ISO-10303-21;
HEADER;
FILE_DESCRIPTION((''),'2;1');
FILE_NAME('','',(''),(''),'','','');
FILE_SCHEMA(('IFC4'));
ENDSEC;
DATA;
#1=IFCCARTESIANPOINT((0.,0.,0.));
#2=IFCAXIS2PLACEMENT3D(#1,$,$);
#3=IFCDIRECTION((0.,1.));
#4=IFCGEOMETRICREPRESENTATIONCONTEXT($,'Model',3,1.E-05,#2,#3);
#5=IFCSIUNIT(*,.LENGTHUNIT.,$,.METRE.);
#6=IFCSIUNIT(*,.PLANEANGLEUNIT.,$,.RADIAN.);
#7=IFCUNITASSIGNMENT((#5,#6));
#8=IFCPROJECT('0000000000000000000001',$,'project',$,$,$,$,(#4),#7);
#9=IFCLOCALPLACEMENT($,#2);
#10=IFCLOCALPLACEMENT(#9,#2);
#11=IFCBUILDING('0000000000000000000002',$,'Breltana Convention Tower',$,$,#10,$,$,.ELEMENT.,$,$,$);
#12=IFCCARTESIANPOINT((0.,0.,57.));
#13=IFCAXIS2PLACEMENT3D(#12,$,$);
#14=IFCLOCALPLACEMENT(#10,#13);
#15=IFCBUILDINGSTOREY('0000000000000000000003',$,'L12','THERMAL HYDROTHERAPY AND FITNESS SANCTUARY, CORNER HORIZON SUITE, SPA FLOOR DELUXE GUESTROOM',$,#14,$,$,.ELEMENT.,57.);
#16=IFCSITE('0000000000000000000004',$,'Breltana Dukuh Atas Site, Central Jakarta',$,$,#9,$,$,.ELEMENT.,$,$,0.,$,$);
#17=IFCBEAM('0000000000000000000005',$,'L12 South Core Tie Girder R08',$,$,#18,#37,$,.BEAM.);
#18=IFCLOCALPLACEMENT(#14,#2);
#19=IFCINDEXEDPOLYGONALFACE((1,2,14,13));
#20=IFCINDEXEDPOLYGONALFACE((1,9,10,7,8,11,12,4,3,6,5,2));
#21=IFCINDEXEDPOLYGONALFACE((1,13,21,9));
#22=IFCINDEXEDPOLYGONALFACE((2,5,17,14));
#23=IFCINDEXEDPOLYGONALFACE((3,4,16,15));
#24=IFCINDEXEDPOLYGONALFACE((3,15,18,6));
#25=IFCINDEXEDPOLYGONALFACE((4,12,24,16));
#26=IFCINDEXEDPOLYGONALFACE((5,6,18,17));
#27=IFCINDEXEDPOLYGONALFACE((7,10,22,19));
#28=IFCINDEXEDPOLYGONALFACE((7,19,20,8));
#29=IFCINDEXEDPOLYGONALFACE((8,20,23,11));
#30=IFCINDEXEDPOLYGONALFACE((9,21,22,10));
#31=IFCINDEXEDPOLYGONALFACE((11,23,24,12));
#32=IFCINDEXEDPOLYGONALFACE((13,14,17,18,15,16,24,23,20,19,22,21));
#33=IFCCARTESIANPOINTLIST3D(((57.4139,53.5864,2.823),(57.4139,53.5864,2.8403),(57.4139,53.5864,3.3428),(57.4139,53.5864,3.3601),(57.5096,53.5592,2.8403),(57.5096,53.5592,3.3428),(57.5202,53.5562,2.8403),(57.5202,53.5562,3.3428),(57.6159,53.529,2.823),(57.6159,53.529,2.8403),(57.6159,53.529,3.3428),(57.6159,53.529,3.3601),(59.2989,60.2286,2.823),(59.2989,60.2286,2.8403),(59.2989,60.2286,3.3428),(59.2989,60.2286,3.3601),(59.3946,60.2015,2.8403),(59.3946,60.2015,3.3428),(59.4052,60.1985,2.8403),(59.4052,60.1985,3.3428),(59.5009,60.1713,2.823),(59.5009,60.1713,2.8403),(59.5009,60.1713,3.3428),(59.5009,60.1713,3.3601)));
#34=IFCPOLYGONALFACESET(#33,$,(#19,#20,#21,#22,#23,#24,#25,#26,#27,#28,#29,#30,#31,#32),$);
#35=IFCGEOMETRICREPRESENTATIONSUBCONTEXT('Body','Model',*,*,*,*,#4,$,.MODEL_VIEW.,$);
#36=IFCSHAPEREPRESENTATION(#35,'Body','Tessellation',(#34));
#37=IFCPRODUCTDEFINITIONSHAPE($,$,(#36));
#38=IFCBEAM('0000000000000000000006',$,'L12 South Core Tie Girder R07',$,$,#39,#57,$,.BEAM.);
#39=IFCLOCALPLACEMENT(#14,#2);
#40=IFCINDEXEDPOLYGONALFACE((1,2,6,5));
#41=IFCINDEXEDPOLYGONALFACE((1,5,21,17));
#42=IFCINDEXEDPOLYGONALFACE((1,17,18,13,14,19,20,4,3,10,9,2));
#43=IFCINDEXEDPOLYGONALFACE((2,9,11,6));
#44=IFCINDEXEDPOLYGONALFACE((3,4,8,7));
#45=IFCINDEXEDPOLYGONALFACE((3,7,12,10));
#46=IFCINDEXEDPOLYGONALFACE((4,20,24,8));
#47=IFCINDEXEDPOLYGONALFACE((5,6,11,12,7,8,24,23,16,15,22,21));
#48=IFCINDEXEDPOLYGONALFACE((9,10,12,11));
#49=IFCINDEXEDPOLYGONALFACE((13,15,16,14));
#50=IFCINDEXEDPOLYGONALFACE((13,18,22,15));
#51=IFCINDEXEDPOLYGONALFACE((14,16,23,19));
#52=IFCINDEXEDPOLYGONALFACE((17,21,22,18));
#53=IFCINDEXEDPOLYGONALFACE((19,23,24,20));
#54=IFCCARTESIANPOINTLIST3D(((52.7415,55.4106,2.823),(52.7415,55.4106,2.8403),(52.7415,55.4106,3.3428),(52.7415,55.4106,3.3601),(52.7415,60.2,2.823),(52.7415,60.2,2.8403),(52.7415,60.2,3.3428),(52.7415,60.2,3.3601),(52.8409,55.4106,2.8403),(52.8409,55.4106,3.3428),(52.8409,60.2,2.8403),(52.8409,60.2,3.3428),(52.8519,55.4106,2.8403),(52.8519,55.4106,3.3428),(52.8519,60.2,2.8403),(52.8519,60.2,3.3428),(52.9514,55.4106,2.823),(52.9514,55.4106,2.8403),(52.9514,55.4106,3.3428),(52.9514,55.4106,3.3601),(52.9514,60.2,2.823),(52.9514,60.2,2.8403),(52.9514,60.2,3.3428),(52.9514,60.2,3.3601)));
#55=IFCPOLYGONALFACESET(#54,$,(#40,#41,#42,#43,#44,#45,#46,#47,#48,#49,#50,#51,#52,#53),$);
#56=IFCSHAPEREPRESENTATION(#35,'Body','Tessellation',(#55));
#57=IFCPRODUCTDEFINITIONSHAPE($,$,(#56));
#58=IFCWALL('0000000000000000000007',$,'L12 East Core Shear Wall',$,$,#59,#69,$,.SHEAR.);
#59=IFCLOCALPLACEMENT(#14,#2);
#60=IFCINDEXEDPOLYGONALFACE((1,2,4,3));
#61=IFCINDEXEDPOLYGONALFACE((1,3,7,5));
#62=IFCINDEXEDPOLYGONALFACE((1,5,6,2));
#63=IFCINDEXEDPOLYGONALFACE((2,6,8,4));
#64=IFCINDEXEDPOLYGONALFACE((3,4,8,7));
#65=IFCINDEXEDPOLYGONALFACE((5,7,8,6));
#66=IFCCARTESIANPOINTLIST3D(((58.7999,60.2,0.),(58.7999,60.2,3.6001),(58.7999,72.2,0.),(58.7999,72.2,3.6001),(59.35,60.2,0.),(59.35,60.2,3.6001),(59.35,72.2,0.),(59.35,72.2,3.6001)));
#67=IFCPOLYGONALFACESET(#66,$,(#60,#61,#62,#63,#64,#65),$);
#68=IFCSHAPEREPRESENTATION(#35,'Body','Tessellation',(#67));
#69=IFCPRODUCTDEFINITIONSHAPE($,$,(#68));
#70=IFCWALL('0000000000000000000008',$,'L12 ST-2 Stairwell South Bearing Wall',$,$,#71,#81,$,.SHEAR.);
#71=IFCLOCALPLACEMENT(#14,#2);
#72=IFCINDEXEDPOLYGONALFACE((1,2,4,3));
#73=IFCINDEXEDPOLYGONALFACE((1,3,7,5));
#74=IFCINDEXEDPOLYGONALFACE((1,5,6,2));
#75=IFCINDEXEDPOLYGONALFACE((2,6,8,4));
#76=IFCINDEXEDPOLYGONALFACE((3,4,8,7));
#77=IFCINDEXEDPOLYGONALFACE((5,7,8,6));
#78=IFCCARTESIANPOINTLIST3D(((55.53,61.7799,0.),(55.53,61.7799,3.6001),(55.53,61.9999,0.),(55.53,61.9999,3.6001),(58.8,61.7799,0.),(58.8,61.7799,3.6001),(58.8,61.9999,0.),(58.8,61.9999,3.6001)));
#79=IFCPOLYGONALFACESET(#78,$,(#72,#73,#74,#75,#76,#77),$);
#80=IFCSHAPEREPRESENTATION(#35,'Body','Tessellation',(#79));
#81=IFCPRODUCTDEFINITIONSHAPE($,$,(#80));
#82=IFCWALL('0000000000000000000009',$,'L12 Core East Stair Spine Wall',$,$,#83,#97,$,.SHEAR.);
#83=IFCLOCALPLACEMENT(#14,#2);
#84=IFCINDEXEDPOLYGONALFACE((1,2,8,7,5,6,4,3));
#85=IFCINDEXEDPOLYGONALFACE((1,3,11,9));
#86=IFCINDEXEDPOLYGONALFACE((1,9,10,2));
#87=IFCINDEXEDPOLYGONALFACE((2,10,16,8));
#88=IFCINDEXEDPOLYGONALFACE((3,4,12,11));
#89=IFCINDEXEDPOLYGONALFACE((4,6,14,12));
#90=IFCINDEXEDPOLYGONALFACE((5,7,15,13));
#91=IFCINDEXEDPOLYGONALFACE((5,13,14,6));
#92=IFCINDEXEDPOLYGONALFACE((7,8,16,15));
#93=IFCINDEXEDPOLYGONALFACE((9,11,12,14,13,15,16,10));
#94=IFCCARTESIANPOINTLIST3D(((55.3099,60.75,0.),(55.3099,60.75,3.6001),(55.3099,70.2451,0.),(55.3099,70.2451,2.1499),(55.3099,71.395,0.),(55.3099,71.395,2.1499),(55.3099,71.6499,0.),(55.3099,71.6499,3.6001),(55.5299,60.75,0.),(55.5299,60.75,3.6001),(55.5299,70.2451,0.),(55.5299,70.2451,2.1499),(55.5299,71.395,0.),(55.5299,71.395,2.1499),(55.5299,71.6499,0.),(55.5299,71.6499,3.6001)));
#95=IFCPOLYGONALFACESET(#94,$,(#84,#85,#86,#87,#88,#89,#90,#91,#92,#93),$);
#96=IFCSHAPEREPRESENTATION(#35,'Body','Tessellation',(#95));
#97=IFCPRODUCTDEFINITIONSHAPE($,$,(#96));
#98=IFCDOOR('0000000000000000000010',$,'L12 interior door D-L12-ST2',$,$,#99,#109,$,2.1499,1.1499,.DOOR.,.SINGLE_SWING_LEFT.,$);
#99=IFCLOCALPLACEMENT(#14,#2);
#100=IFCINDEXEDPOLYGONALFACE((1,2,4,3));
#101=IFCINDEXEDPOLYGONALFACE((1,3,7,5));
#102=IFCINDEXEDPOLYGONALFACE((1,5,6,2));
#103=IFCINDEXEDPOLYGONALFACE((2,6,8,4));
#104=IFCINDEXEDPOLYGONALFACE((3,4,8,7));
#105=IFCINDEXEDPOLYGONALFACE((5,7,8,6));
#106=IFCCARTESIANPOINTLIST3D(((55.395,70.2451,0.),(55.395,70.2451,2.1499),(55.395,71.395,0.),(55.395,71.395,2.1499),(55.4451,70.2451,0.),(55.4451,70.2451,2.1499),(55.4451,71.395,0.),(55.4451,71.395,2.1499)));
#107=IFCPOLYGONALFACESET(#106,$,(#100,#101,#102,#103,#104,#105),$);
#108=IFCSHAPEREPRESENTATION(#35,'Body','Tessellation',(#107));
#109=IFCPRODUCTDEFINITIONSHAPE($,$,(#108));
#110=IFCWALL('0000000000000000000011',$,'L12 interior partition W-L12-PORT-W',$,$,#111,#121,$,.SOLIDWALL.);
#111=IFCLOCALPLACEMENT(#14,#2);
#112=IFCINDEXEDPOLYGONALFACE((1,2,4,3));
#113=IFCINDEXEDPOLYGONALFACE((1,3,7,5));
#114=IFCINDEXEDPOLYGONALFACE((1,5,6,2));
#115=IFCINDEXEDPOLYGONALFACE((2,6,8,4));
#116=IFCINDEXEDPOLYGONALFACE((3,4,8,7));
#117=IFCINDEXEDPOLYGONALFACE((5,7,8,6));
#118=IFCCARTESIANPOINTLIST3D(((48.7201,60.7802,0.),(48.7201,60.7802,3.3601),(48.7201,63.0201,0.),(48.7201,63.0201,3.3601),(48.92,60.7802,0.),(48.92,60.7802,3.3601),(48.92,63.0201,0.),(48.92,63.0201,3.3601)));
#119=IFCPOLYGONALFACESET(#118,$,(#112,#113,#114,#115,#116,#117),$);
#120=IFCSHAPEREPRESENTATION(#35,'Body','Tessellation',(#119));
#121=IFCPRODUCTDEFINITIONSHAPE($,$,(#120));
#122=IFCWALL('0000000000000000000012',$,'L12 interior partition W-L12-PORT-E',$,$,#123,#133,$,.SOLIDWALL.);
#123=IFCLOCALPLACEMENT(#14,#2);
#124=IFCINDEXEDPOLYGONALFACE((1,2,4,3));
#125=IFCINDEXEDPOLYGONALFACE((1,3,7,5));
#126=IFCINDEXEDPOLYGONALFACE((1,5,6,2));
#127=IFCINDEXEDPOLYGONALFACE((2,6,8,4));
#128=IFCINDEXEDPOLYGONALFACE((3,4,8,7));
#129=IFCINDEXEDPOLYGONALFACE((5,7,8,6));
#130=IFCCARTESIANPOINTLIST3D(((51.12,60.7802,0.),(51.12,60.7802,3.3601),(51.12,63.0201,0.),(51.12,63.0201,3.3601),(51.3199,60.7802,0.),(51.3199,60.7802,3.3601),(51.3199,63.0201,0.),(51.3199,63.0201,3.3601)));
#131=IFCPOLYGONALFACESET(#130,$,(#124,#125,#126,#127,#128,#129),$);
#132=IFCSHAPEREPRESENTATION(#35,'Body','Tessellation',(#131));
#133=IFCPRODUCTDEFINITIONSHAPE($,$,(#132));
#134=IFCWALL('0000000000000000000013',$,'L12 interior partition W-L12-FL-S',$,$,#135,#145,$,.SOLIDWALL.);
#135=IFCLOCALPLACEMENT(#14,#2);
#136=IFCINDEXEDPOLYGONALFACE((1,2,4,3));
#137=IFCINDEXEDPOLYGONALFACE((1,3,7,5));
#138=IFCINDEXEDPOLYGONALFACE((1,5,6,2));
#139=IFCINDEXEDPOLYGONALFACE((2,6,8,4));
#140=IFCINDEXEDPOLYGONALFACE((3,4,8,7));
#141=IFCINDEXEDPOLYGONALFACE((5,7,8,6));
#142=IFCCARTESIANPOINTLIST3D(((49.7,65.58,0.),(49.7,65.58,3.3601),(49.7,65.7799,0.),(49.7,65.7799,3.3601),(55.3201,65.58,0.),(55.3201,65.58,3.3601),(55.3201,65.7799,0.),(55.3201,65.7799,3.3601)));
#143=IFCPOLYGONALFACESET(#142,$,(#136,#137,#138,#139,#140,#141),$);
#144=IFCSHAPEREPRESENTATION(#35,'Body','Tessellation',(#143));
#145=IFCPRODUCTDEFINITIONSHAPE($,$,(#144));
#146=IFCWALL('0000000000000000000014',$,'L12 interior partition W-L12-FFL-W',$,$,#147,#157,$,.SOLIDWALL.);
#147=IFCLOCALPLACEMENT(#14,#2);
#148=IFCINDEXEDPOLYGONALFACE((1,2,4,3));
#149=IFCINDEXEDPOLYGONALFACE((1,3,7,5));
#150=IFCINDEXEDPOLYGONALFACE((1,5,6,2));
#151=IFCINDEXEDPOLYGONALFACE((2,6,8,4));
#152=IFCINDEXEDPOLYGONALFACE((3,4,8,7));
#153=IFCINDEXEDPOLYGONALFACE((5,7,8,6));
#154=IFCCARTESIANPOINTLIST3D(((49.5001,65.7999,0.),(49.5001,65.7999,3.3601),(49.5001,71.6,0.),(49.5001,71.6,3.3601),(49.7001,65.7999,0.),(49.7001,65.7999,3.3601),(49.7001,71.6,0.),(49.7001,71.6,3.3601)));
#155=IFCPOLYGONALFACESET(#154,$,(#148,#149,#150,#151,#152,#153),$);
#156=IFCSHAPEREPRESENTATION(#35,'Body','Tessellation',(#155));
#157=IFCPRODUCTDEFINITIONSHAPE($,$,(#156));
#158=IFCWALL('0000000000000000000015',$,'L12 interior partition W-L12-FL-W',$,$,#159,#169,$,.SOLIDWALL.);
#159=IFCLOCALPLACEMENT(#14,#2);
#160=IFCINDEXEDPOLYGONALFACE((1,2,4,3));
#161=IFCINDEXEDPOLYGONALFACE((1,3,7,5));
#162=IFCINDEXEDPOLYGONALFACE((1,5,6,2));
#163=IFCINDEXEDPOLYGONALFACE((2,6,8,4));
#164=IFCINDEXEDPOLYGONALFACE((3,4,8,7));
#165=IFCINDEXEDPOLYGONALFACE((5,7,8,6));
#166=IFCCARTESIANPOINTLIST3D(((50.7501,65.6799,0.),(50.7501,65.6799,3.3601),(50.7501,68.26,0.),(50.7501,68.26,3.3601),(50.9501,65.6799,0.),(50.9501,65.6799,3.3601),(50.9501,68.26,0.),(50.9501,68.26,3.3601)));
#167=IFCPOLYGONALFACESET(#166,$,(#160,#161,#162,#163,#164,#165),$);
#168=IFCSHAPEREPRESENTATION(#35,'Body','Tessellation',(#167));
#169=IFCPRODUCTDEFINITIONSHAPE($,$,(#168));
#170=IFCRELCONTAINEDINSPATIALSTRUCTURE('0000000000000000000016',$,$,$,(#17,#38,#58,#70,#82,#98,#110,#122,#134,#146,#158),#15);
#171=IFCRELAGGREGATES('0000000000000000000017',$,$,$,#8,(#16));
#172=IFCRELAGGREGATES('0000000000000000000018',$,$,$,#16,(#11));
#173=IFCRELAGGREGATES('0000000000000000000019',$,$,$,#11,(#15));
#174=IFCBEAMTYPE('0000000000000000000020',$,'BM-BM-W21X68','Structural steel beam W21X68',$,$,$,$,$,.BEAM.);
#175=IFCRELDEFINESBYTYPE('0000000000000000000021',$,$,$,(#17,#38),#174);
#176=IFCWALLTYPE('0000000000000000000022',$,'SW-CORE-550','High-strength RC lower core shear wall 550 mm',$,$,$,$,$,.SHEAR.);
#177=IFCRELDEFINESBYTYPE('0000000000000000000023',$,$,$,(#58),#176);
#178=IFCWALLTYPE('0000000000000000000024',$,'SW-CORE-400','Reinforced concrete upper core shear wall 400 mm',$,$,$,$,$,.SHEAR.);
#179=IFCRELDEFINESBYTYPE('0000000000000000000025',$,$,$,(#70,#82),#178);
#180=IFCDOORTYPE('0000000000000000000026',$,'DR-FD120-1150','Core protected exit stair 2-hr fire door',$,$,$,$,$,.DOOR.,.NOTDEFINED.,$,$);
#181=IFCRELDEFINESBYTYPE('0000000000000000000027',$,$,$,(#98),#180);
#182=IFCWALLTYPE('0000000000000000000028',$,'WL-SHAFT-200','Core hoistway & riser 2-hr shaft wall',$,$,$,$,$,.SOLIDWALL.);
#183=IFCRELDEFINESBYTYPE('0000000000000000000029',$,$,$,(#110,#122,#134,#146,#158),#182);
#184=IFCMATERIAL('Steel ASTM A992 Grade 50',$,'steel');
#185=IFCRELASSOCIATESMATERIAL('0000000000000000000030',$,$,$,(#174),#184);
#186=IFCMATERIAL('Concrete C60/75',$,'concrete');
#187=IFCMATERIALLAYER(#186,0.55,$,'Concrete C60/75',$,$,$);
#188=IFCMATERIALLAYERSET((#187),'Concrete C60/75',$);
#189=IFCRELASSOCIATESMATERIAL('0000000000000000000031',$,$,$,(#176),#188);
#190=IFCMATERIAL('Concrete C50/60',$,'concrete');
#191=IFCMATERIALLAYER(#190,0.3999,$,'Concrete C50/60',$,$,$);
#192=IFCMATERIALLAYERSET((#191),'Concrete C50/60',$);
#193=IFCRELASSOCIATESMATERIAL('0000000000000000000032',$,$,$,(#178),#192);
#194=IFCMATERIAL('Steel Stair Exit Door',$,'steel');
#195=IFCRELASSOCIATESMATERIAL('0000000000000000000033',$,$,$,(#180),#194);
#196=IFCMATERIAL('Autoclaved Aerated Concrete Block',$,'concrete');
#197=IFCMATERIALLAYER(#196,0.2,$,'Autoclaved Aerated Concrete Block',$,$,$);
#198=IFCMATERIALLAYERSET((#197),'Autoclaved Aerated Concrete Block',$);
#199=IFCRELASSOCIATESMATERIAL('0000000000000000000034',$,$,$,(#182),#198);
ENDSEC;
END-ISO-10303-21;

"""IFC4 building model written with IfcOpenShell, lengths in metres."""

from ifc_helpers import new_model, si_unit, direction, frame, frame_2d, origin, origin_2d, place, context, subcontext, project, spatial, rectangle, i_section, extrude, source, transform, mapped, material, layer, layer_set, material_profile, profile_set, type_object, type_shapes, element, fill, save


model = new_model("IFC4")

# Units and contexts
model_context = context("Model", 3, precision=1e-05, world=origin(), true_north=direction((0.0, 1.0)))
body_context = subcontext(model_context, "Body", "Model", "MODEL_VIEW")
ifc_project = project(units=[si_unit("LENGTHUNIT", "METRE"), si_unit("PLANEANGLEUNIT", "RADIAN")], contexts=[model_context])

# Site, building, storey
site_placement = place(None, origin())
site = spatial("IfcSite", under=ifc_project, at=site_placement, Name="Breltana Dukuh Atas Site, Central Jakarta", CompositionType="ELEMENT", RefElevation=0.0)
building_placement = place(site_placement, origin())
building = spatial("IfcBuilding", under=site, at=building_placement, Name="Breltana Convention Tower", CompositionType="ELEMENT")
storey_placement = place(building_placement, frame((0.0, 0.0, 57.0)))
storey = spatial("IfcBuildingStorey", under=building, at=storey_placement, Name="L12", Description="THERMAL HYDROTHERAPY AND FITNESS SANCTUARY, CORNER HORIZON SUITE, SPA FLOOR DELUXE GUESTROOM", CompositionType="ELEMENT", Elevation=57.0)

# Beams
ifc_material_1 = material(Name="Steel ASTM A992 Grade 50", Category="steel")
ifc_material_profile = material_profile(ifc_material_1, i_section(OverallWidth=0.21, OverallDepth=0.5371, WebThickness=0.011, FlangeThickness=0.0173, at=origin_2d()), Name="W21X68")
ifc_profile_set = profile_set([ifc_material_profile], Name="Steel ASTM A992 Grade 50")
beam_type = type_object("IfcBeamType", Name="BM-BM-W21X68", Description="Structural steel beam W21X68", PredefinedType="BEAM", material=ifc_profile_set)
shared_shape_1 = source(origin(), body_context, "Body", "SweptSolid", [
    extrude(i_section(OverallWidth=0.21, OverallDepth=0.5371, WebThickness=0.011, FlangeThickness=0.0173, at=origin_2d()), origin(), (0.0, 0.0, 1.0), 6.9045),
])
type_shapes(beam_type, [shared_shape_1])
beam_1_placement = place(storey_placement, frame((59.3999, 60.2, 3.0916), z_axis=(-0.273007, -0.962012, 0.0), x_axis=(0.962012, -0.273007, 0.0)))
element("IfcBeam", 1, at=beam_1_placement, inside=storey, type_object=beam_type, Name="L12 South Core Tie Girder R08", PredefinedType="BEAM", context=body_context, shape_type="MappedRepresentation", body=[
    mapped(shared_shape_1, transform((0.0, 0.0, 0.0), scale=1.0)),
])
shared_shape_2 = source(origin(), body_context, "Body", "SweptSolid", [
    extrude(i_section(OverallWidth=0.21, OverallDepth=0.5371, WebThickness=0.011, FlangeThickness=0.0173, at=origin_2d()), origin(), (0.0, 0.0, 1.0), 4.7893),
])
beam_2_placement = place(storey_placement, frame((52.8464, 60.2, 3.0916), z_axis=(0.0, -1.0, 0.0), x_axis=(1.0, 0.0, 0.0)))
element("IfcBeam", 2, at=beam_2_placement, inside=storey, type_object=beam_type, Name="L12 South Core Tie Girder R07", PredefinedType="BEAM", context=body_context, shape_type="MappedRepresentation", body=[
    mapped(shared_shape_2, transform((0.0, 0.0, 0.0), scale=1.0)),
])

# Walls
ifc_material_2 = material(Name="Concrete C60/75", Category="concrete")
ifc_layer_1 = layer(ifc_material_2, 0.55, Name="Concrete C60/75")
ifc_layer_set_1 = layer_set([ifc_layer_1], Name="Concrete C60/75")
wall_type_1 = type_object("IfcWallType", Name="SW-CORE-550", Description="High-strength RC lower core shear wall 550 mm", PredefinedType="SHEAR", material=ifc_layer_set_1)
shared_shape_3 = source(origin(), body_context, "Body", "SweptSolid", [
    extrude(rectangle(XDim=12.0, YDim=0.55, at=frame_2d((6.0, 0.0))), origin(), (0.0, 0.0, 1.0), 3.6001),
])
wall_1_placement = place(storey_placement, frame((59.075, 60.2, 0.0), z_axis=(0.0, 0.0, 1.0), x_axis=(0.0, 1.0, 0.0)))
element("IfcWall", 3, at=wall_1_placement, inside=storey, type_object=wall_type_1, Name="L12 East Core Shear Wall", PredefinedType="SHEAR", context=body_context, shape_type="MappedRepresentation", body=[
    mapped(shared_shape_3, transform((0.0, 0.0, 0.0), scale=1.0)),
])
ifc_material_3 = material(Name="Concrete C50/60", Category="concrete")
ifc_layer_2 = layer(ifc_material_3, 0.3999, Name="Concrete C50/60")
ifc_layer_set_2 = layer_set([ifc_layer_2], Name="Concrete C50/60")
wall_type_2 = type_object("IfcWallType", Name="SW-CORE-400", Description="Reinforced concrete upper core shear wall 400 mm", PredefinedType="SHEAR", material=ifc_layer_set_2)
shared_shape_4 = source(origin(), body_context, "Body", "SweptSolid", [
    extrude(rectangle(XDim=3.27, YDim=0.22, at=frame_2d((1.635, 0.0))), origin(), (0.0, 0.0, 1.0), 3.6001),
])
wall_2_placement = place(storey_placement, frame((55.53, 61.8899, 0.0), z_axis=(0.0, 0.0, 1.0), x_axis=(1.0, 0.0, 0.0)))
element("IfcWall", 4, at=wall_2_placement, inside=storey, type_object=wall_type_2, Name="L12 ST-2 Stairwell South Bearing Wall", PredefinedType="SHEAR", context=body_context, shape_type="MappedRepresentation", body=[
    mapped(shared_shape_4, transform((0.0, 0.0, 0.0), scale=1.0)),
])

# Wall, opening, door
shared_shape_5 = source(origin(), body_context, "Body", "SweptSolid", [
    extrude(rectangle(XDim=10.8999, YDim=0.22, at=frame_2d((5.45, 0.0))), origin(), (0.0, 0.0, 1.0), 3.6001),
])
wall_3_placement = place(storey_placement, frame((55.4199, 60.75, 0.0), z_axis=(0.0, 0.0, 1.0), x_axis=(0.0, 1.0, 0.0)))
wall_3 = element("IfcWall", 5, at=wall_3_placement, inside=storey, type_object=wall_type_2, Name="L12 Core East Stair Spine Wall", PredefinedType="SHEAR", context=body_context, shape_type="MappedRepresentation", body=[
    mapped(shared_shape_5, transform((0.0, 0.0, 0.0), scale=1.0)),
])
opening_1_placement = place(wall_3_placement, frame((9.4951, 0.0, 0.0)))
opening_1 = element("IfcOpeningElement", 6, at=opening_1_placement, cuts=wall_3, PredefinedType="OPENING", context=body_context, shape_type="SweptSolid", body=[
    extrude(rectangle(XDim=1.1499, YDim=2.1499, at=frame_2d((0.575, 1.075))), frame((0.0, 0.1201, 0.0), z_axis=(0.0, -1.0, 0.0), x_axis=(1.0, 0.0, 0.0)), (0.0, 0.0, 1.0), 0.24),
])
ifc_material_4 = material(Name="Steel Stair Exit Door", Category="steel")
door_type_1 = type_object("IfcDoorType", Name="DR-FD120-1150", Description="Core protected exit stair 2-hr fire door", OperationType="NOTDEFINED", PredefinedType="DOOR", material=ifc_material_4)
shared_shape_6 = source(origin(), body_context, "Body", "SweptSolid", [
    extrude(rectangle(XDim=1.1499, YDim=2.1499, at=frame_2d((0.575, 1.075))), frame((0.0, 0.0249, 0.0), z_axis=(0.0, -1.0, 0.0), x_axis=(1.0, 0.0, 0.0)), (0.0, 0.0, 1.0), 0.05),
])
type_shapes(door_type_1, [shared_shape_6])
door_1_placement = place(opening_1_placement, origin())
door_1 = element("IfcDoor", 7, at=door_1_placement, inside=storey, type_object=door_type_1, Name="L12 interior door D-L12-ST2", OperationType="SINGLE_SWING_LEFT", OverallHeight=2.1499, OverallWidth=1.1499, PredefinedType="DOOR", context=body_context, shape_type="MappedRepresentation", body=[
    mapped(shared_shape_6, transform((0.0, 0.0, 0.0), scale=1.0)),
])
fill(opening_1, door_1)

# Walls
ifc_material_5 = material(Name="Autoclaved Aerated Concrete Block", Category="concrete")
ifc_layer_3 = layer(ifc_material_5, 0.2, Name="Autoclaved Aerated Concrete Block")
ifc_layer_set_3 = layer_set([ifc_layer_3], Name="Autoclaved Aerated Concrete Block")
wall_type_3 = type_object("IfcWallType", Name="WL-SHAFT-200", Description="Core hoistway & riser 2-hr shaft wall", PredefinedType="SOLIDWALL", material=ifc_layer_set_3)
shared_shape_7 = source(origin(), body_context, "Body", "SweptSolid", [
    extrude(rectangle(XDim=2.24, YDim=0.2, at=frame_2d((1.1201, 0.0))), origin(), (0.0, 0.0, 1.0), 3.3601),
])
for number, where, z_axis, x_axis, name in (
    (8, (48.8201, 60.78, 0.0), (0.0, 0.0, 1.0), (0.0, 1.0, 0.0), "L12 interior partition W-L12-PORT-W"),
    (9, (51.22, 60.78, 0.0), (0.0, 0.0, 1.0), (0.0, 1.0, 0.0), "L12 interior partition W-L12-PORT-E"),
):
    element("IfcWall", number, at=place(storey_placement, frame(where, z_axis=z_axis, x_axis=x_axis)), inside=storey, type_object=wall_type_3, Name=name, PredefinedType="SOLIDWALL", context=body_context, shape_type="MappedRepresentation", body=[
        mapped(shared_shape_7, transform((0.0, 0.0, 0.0), scale=1.0)),
    ])

# Shared definitions
shared_shape_8 = source(origin(), body_context, "Body", "SweptSolid", [
    extrude(rectangle(XDim=5.6201, YDim=0.2, at=frame_2d((2.8101, 0.0))), origin(), (0.0, 0.0, 1.0), 3.3601),
])

# Walls
wall_4_placement = place(storey_placement, frame((49.7, 65.6799, 0.0), z_axis=(0.0, 0.0, 1.0), x_axis=(1.0, 0.0, 0.0)))
element("IfcWall", 10, at=wall_4_placement, inside=storey, type_object=wall_type_3, Name="L12 interior partition W-L12-FL-S", PredefinedType="SOLIDWALL", context=body_context, shape_type="MappedRepresentation", body=[
    mapped(shared_shape_8, transform((0.0, 0.0, 0.0), scale=1.0)),
])
shared_shape_9 = source(origin(), body_context, "Body", "SweptSolid", [
    extrude(rectangle(XDim=5.8, YDim=0.2, at=frame_2d((2.8999, 0.0))), origin(), (0.0, 0.0, 1.0), 3.3601),
])
wall_5_placement = place(storey_placement, frame((49.6001, 65.8, 0.0), z_axis=(0.0, 0.0, 1.0), x_axis=(0.0, 1.0, 0.0)))
element("IfcWall", 11, at=wall_5_placement, inside=storey, type_object=wall_type_3, Name="L12 interior partition W-L12-FFL-W", PredefinedType="SOLIDWALL", context=body_context, shape_type="MappedRepresentation", body=[
    mapped(shared_shape_9, transform((0.0, 0.0, 0.0), scale=1.0)),
])
shared_shape_10 = source(origin(), body_context, "Body", "SweptSolid", [
    extrude(rectangle(XDim=2.5801, YDim=0.2, at=frame_2d((1.29, 0.0))), origin(), (0.0, 0.0, 1.0), 3.3601),
])
wall_6_placement = place(storey_placement, frame((50.8501, 65.6799, 0.0), z_axis=(0.0, 0.0, 1.0), x_axis=(0.0, 1.0, 0.0)))
element("IfcWall", 12, at=wall_6_placement, inside=storey, type_object=wall_type_3, Name="L12 interior partition W-L12-FL-W", PredefinedType="SOLIDWALL", context=body_context, shape_type="MappedRepresentation", body=[
    mapped(shared_shape_10, transform((0.0, 0.0, 0.0), scale=1.0)),
])

save(model, "model.ifc")
